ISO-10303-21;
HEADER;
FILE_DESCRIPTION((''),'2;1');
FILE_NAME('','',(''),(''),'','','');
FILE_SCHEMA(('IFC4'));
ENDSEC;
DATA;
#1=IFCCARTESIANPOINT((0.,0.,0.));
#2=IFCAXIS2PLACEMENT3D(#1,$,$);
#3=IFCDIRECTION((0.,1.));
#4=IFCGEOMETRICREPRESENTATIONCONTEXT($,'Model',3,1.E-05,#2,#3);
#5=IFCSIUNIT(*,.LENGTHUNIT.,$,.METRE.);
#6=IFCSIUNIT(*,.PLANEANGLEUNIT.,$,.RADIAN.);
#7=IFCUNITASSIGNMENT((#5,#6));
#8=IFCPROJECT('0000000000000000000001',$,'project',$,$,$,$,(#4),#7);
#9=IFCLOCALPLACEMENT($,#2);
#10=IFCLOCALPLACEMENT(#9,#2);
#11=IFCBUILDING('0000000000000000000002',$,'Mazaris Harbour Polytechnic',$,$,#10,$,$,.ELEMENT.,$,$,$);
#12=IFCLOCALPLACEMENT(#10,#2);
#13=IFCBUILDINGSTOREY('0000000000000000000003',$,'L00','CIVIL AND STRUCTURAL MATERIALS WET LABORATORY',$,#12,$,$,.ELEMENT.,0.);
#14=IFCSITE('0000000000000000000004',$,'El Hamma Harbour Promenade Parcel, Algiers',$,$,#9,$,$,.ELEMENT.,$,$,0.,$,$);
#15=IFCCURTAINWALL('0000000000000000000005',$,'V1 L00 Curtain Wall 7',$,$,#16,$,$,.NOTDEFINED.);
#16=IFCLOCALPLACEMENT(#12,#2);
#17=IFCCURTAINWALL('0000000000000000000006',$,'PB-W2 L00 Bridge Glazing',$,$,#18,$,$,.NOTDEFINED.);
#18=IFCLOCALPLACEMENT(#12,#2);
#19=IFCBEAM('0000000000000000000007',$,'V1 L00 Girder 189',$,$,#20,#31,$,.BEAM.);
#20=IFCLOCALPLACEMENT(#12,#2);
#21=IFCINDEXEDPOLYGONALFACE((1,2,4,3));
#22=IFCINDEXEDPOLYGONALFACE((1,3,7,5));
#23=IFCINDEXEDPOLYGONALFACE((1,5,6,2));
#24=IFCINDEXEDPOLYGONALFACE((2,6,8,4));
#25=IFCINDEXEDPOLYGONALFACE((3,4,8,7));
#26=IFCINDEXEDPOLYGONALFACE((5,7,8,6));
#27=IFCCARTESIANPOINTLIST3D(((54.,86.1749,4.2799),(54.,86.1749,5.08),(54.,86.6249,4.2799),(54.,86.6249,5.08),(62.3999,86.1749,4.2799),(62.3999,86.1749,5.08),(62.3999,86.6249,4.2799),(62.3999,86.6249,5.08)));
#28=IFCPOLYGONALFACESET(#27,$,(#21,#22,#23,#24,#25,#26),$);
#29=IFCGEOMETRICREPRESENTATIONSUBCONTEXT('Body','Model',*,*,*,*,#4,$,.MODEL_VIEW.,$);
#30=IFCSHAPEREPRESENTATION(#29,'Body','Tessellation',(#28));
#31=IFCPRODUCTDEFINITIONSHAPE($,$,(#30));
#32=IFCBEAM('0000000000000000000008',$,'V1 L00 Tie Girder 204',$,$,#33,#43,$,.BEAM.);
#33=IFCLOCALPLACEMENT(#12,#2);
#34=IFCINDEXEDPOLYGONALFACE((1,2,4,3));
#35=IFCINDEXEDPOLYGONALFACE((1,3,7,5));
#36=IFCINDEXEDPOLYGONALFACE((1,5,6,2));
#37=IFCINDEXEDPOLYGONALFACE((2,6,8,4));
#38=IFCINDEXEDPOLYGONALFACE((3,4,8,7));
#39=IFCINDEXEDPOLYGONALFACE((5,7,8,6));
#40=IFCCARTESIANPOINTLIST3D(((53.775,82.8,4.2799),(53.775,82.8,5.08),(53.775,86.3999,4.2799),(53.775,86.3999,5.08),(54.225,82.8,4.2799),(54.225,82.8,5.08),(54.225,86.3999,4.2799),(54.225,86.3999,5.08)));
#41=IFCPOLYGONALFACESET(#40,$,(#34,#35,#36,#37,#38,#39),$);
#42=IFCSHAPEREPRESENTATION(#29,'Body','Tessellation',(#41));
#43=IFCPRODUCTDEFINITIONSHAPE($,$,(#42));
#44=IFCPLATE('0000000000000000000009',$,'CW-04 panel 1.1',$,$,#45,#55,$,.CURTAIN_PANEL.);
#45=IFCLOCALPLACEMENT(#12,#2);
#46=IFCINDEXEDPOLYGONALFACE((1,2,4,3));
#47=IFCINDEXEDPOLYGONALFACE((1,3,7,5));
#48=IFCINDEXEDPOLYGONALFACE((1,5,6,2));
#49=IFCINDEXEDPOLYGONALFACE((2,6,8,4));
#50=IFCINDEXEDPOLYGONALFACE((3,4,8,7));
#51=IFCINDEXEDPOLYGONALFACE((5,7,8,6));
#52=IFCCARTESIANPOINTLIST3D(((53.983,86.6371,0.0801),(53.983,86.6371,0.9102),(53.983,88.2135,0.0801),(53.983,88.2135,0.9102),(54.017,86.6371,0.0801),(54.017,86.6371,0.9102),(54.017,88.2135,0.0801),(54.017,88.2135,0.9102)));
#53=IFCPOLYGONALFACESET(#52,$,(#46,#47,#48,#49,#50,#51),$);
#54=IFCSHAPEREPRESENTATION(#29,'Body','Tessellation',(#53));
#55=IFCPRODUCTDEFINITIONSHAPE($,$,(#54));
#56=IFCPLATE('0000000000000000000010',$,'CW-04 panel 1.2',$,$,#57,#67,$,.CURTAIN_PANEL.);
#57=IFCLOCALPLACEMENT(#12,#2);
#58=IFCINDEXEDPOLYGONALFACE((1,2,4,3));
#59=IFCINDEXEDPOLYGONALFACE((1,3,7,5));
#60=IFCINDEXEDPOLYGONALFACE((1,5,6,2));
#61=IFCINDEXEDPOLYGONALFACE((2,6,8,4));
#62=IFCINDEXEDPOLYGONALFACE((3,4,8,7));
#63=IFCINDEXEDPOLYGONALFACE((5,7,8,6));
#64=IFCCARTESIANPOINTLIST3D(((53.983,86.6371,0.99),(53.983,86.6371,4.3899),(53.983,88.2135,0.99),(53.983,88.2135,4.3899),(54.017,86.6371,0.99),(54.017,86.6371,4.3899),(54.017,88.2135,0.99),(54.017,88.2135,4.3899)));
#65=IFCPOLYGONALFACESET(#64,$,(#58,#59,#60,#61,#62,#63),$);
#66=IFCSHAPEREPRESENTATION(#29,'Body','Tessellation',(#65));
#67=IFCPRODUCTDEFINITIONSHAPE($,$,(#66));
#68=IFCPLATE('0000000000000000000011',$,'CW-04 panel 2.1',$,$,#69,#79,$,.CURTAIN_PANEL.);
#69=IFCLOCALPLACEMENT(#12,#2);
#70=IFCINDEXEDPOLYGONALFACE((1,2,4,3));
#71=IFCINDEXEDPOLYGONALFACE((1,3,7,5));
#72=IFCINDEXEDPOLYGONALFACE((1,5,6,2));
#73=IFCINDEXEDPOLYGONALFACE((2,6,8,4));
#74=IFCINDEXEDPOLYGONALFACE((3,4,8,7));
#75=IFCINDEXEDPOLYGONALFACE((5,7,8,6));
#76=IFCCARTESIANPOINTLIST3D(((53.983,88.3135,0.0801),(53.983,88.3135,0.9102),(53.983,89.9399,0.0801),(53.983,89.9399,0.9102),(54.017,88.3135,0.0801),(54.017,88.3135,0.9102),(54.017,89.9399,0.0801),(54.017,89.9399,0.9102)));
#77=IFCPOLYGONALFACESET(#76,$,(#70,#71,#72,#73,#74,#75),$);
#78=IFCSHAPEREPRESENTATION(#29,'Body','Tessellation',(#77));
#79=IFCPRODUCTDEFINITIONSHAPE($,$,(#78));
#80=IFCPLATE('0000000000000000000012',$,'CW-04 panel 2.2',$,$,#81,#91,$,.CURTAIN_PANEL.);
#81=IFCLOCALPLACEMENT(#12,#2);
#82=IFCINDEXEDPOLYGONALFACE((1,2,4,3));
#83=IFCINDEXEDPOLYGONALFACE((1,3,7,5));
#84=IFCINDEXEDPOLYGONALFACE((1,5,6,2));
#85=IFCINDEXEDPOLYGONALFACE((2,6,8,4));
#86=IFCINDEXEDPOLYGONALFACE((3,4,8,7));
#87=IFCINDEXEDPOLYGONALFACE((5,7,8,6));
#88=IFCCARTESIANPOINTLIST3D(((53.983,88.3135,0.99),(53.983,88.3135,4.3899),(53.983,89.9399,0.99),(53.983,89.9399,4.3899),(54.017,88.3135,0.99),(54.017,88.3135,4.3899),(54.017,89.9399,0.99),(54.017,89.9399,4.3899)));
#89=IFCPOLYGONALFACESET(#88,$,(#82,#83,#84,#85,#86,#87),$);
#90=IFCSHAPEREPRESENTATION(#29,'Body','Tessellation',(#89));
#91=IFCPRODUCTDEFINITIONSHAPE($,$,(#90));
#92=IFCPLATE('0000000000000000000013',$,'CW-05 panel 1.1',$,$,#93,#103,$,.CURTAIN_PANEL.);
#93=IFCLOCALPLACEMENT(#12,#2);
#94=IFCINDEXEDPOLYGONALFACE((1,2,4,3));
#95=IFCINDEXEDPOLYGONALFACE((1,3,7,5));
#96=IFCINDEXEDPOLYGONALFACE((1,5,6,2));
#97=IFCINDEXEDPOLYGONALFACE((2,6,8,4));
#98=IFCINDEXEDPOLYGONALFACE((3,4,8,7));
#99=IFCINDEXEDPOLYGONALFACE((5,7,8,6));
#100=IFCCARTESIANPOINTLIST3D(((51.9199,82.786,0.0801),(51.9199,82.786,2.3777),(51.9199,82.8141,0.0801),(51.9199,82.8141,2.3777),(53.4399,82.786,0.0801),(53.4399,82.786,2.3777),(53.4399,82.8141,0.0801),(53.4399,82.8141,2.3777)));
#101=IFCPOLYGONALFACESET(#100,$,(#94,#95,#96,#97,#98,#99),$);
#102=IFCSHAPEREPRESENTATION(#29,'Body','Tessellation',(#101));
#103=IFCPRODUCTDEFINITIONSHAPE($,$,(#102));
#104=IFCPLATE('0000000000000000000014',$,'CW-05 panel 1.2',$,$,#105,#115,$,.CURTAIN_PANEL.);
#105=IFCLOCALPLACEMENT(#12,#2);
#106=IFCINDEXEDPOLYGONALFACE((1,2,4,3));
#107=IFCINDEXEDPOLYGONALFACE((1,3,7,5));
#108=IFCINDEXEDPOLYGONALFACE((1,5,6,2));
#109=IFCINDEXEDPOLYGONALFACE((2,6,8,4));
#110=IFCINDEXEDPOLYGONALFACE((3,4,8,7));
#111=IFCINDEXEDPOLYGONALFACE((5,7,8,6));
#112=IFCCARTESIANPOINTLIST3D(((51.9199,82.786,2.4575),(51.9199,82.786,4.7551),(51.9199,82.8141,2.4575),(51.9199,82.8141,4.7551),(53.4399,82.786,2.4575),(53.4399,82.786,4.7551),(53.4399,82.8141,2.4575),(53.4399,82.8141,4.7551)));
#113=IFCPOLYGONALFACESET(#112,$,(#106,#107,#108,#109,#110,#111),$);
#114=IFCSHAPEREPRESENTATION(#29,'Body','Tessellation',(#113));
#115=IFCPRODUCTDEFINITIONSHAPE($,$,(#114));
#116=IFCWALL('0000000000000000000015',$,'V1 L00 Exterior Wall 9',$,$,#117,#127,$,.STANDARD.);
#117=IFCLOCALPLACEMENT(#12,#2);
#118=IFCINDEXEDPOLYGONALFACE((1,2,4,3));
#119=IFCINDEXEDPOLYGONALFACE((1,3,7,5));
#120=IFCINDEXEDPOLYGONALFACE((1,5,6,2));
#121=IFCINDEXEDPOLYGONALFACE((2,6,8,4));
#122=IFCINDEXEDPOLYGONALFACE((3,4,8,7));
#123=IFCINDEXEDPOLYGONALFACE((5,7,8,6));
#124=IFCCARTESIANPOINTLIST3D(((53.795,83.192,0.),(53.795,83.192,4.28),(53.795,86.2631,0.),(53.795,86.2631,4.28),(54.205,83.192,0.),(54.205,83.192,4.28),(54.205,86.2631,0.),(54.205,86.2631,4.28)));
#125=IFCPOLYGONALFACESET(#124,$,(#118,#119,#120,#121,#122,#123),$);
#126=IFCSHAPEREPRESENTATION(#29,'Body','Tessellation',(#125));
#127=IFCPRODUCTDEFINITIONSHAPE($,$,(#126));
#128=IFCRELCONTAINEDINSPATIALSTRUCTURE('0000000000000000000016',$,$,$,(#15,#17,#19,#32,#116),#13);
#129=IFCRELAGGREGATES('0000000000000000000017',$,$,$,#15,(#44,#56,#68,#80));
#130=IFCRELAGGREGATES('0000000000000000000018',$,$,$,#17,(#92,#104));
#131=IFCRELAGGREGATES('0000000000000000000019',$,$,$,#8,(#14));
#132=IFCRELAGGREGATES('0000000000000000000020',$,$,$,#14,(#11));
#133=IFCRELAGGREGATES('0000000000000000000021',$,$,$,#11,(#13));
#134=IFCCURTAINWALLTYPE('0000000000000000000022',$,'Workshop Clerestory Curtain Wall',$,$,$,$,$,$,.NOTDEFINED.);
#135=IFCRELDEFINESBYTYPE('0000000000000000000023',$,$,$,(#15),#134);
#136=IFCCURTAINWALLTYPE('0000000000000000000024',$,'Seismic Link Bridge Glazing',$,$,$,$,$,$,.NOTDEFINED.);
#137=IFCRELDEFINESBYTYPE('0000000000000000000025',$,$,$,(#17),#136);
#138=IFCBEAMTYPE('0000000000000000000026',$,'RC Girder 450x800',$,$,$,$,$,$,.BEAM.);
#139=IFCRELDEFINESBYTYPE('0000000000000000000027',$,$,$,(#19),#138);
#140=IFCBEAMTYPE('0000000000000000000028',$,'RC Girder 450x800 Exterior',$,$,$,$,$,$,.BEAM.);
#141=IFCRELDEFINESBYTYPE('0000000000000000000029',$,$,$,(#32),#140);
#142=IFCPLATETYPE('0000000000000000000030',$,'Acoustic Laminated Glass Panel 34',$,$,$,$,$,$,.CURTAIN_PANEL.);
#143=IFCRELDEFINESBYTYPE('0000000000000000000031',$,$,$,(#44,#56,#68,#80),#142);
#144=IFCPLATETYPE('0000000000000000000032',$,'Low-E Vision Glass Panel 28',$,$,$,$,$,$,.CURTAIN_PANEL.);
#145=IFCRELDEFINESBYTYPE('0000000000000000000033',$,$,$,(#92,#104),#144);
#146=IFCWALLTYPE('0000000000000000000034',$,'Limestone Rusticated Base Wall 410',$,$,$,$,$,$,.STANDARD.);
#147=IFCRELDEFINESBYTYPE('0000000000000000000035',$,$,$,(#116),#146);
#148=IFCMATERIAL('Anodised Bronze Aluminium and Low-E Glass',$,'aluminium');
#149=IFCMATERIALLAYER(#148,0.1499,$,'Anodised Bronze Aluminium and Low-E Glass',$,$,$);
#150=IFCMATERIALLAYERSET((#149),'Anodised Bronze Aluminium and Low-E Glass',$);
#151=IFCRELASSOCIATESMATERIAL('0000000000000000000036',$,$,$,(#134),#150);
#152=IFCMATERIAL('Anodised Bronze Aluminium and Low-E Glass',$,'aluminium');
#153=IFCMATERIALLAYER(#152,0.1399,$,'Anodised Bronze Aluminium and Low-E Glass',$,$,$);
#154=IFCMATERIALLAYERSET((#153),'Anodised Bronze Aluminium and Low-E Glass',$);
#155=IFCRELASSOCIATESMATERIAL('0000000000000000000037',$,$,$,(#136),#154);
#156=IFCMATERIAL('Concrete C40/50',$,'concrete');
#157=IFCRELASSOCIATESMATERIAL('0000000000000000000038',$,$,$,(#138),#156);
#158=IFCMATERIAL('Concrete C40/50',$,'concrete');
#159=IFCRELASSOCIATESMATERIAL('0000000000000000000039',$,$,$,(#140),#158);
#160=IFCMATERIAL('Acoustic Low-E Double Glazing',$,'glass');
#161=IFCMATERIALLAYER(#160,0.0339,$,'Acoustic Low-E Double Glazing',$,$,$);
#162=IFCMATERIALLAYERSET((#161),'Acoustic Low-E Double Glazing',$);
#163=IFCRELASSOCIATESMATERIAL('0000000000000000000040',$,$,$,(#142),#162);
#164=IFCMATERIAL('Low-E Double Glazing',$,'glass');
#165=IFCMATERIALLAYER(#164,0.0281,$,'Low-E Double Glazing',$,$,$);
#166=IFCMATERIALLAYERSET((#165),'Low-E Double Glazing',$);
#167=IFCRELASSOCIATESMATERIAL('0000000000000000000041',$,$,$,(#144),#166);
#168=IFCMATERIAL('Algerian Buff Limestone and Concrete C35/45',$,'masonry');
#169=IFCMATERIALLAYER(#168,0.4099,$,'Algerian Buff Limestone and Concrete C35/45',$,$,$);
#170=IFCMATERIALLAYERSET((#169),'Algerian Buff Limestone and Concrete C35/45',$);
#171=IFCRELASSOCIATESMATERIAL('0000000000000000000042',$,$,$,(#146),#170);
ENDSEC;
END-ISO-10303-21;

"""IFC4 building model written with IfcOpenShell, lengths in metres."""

from ifc_helpers import new_model, si_unit, direction, frame, frame_2d, origin, origin_2d, place, context, subcontext, project, spatial, rectangle, extrude, material, layer, layer_set, material_profile, profile_set, type_object, element, aggregate, save


model = new_model("IFC4")

# Units and contexts
model_context = context("Model", 3, precision=1e-05, world=origin(), true_north=direction((0.0, 1.0)))
body_context = subcontext(model_context, "Body", "Model", "MODEL_VIEW")
ifc_project = project(units=[si_unit("LENGTHUNIT", "METRE"), si_unit("PLANEANGLEUNIT", "RADIAN")], contexts=[model_context])

# Site, building, storey
site_placement = place(None, origin())
site = spatial("IfcSite", under=ifc_project, at=site_placement, Name="El Hamma Harbour Promenade Parcel, Algiers", CompositionType="ELEMENT", RefElevation=0.0)
building_placement = place(site_placement, origin())
building = spatial("IfcBuilding", under=site, at=building_placement, Name="Mazaris Harbour Polytechnic", CompositionType="ELEMENT")
storey_placement = place(building_placement, origin())
storey = spatial("IfcBuildingStorey", under=building, at=storey_placement, Name="L00", Description="CIVIL AND STRUCTURAL MATERIALS WET LABORATORY", CompositionType="ELEMENT", Elevation=0.0)

# Curtain walls
ifc_material_1 = material(Name="Anodised Bronze Aluminium and Low-E Glass", Category="aluminium")
ifc_layer_1 = layer(ifc_material_1, 0.1499, Name="Anodised Bronze Aluminium and Low-E Glass")
ifc_layer_set_1 = layer_set([ifc_layer_1], Name="Anodised Bronze Aluminium and Low-E Glass")
curtain_wall_type_1 = type_object("IfcCurtainWallType", Name="Workshop Clerestory Curtain Wall", PredefinedType="NOTDEFINED", material=ifc_layer_set_1)
curtain_wall_1_placement = place(storey_placement, origin())
curtain_wall_1 = element("IfcCurtainWall", 1, at=curtain_wall_1_placement, inside=storey, type_object=curtain_wall_type_1, Name="V1 L00 Curtain Wall 7", PredefinedType="NOTDEFINED")
ifc_material_2 = material(Name="Anodised Bronze Aluminium and Low-E Glass", Category="aluminium")
ifc_layer_2 = layer(ifc_material_2, 0.1399, Name="Anodised Bronze Aluminium and Low-E Glass")
ifc_layer_set_2 = layer_set([ifc_layer_2], Name="Anodised Bronze Aluminium and Low-E Glass")
curtain_wall_type_2 = type_object("IfcCurtainWallType", Name="Seismic Link Bridge Glazing", PredefinedType="NOTDEFINED", material=ifc_layer_set_2)
curtain_wall_2_placement = place(storey_placement, origin())
curtain_wall_2 = element("IfcCurtainWall", 2, at=curtain_wall_2_placement, inside=storey, type_object=curtain_wall_type_2, Name="PB-W2 L00 Bridge Glazing", PredefinedType="NOTDEFINED")

# Beams
ifc_material_3 = material(Name="Concrete C40/50", Category="concrete")
ifc_material_profile_1 = material_profile(ifc_material_3, rectangle(XDim=0.45, YDim=0.8, at=origin_2d()), Name="RECT450x800")
ifc_profile_set_1 = profile_set([ifc_material_profile_1], Name="Concrete C40/50")
beam_type_1 = type_object("IfcBeamType", Name="RC Girder 450x800", PredefinedType="BEAM", material=ifc_profile_set_1)
beam_1_placement = place(storey_placement, frame((54.0, 86.3999, 4.6799), z_axis=(1.0, 0.0, 0.0), x_axis=(0.0, 1.0, 0.0)))
element("IfcBeam", 3, at=beam_1_placement, inside=storey, type_object=beam_type_1, Name="V1 L00 Girder 189", PredefinedType="BEAM", context=body_context, shape_type="SweptSolid", body=[
    extrude(rectangle(XDim=0.45, YDim=0.8, at=origin_2d()), origin(), (0.0, 0.0, 1.0), 8.3999),
])
ifc_material_4 = material(Name="Concrete C40/50", Category="concrete")
ifc_material_profile_2 = material_profile(ifc_material_4, rectangle(XDim=0.45, YDim=0.8, at=origin_2d()), Name="RECT450x800")
ifc_profile_set_2 = profile_set([ifc_material_profile_2], Name="Concrete C40/50")
beam_type_2 = type_object("IfcBeamType", Name="RC Girder 450x800 Exterior", PredefinedType="BEAM", material=ifc_profile_set_2)
beam_2_placement = place(storey_placement, frame((54.0, 82.8, 4.6799), z_axis=(0.0, 1.0, 0.0), x_axis=(-1.0, 0.0, 0.0)))
element("IfcBeam", 4, at=beam_2_placement, inside=storey, type_object=beam_type_2, Name="V1 L00 Tie Girder 204", PredefinedType="BEAM", context=body_context, shape_type="SweptSolid", body=[
    extrude(rectangle(XDim=0.45, YDim=0.8, at=origin_2d()), origin(), (0.0, 0.0, 1.0), 3.5999),
])

# Plates
ifc_material_5 = material(Name="Acoustic Low-E Double Glazing", Category="glass")
ifc_layer_3 = layer(ifc_material_5, 0.0339, Name="Acoustic Low-E Double Glazing")
ifc_layer_set_3 = layer_set([ifc_layer_3], Name="Acoustic Low-E Double Glazing")
plate_type_1 = type_object("IfcPlateType", Name="Acoustic Laminated Glass Panel 34", PredefinedType="CURTAIN_PANEL", material=ifc_layer_set_3)
plate_1_placement = place(storey_placement, frame((54.0, 87.4253, 0.0801), z_axis=(0.0, 0.0, 1.0), x_axis=(0.0, 1.0, 0.0)))
plate_1 = element("IfcPlate", 5, at=plate_1_placement, type_object=plate_type_1, Name="CW-04 panel 1.1", PredefinedType="CURTAIN_PANEL", context=body_context, shape_type="SweptSolid", body=[
    extrude(rectangle(XDim=1.5764, YDim=0.0339, at=origin_2d()), origin(), (0.0, 0.0, 1.0), 0.8301),
])
plate_2_placement = place(storey_placement, frame((54.0, 87.4253, 0.99), z_axis=(0.0, 0.0, 1.0), x_axis=(0.0, 1.0, 0.0)))
plate_2 = element("IfcPlate", 6, at=plate_2_placement, type_object=plate_type_1, Name="CW-04 panel 1.2", PredefinedType="CURTAIN_PANEL", context=body_context, shape_type="SweptSolid", body=[
    extrude(rectangle(XDim=1.5764, YDim=0.0339, at=origin_2d()), origin(), (0.0, 0.0, 1.0), 3.3999),
])
plate_3_placement = place(storey_placement, frame((54.0, 89.1267, 0.0801), z_axis=(0.0, 0.0, 1.0), x_axis=(0.0, 1.0, 0.0)))
plate_3 = element("IfcPlate", 7, at=plate_3_placement, type_object=plate_type_1, Name="CW-04 panel 2.1", PredefinedType="CURTAIN_PANEL", context=body_context, shape_type="SweptSolid", body=[
    extrude(rectangle(XDim=1.6265, YDim=0.0339, at=origin_2d()), origin(), (0.0, 0.0, 1.0), 0.8301),
])
plate_4_placement = place(storey_placement, frame((54.0, 89.1267, 0.99), z_axis=(0.0, 0.0, 1.0), x_axis=(0.0, 1.0, 0.0)))
plate_4 = element("IfcPlate", 8, at=plate_4_placement, type_object=plate_type_1, Name="CW-04 panel 2.2", PredefinedType="CURTAIN_PANEL", context=body_context, shape_type="SweptSolid", body=[
    extrude(rectangle(XDim=1.6265, YDim=0.0339, at=origin_2d()), origin(), (0.0, 0.0, 1.0), 3.3999),
])
aggregate(curtain_wall_1, [plate_1, plate_2, plate_3, plate_4])
ifc_material_6 = material(Name="Low-E Double Glazing", Category="glass")
ifc_layer_4 = layer(ifc_material_6, 0.0281, Name="Low-E Double Glazing")
ifc_layer_set_4 = layer_set([ifc_layer_4], Name="Low-E Double Glazing")
plate_type_2 = type_object("IfcPlateType", Name="Low-E Vision Glass Panel 28", PredefinedType="CURTAIN_PANEL", material=ifc_layer_set_4)
plate_5_placement = place(storey_placement, frame((52.6799, 82.8, 0.0801), z_axis=(0.0, 0.0, 1.0), x_axis=(-1.0, 0.0, 0.0)))
plate_5 = element("IfcPlate", 9, at=plate_5_placement, type_object=plate_type_2, Name="CW-05 panel 1.1", PredefinedType="CURTAIN_PANEL", context=body_context, shape_type="SweptSolid", body=[
    extrude(rectangle(XDim=1.52, YDim=0.0281, at=origin_2d()), origin(), (0.0, 0.0, 1.0), 2.2976),
])
plate_6_placement = place(storey_placement, frame((52.6799, 82.8, 2.4575), z_axis=(0.0, 0.0, 1.0), x_axis=(-1.0, 0.0, 0.0)))
plate_6 = element("IfcPlate", 10, at=plate_6_placement, type_object=plate_type_2, Name="CW-05 panel 1.2", PredefinedType="CURTAIN_PANEL", context=body_context, shape_type="SweptSolid", body=[
    extrude(rectangle(XDim=1.52, YDim=0.0281, at=origin_2d()), origin(), (0.0, 0.0, 1.0), 2.2976),
])
aggregate(curtain_wall_2, [plate_5, plate_6])

# Wall
ifc_material_7 = material(Name="Algerian Buff Limestone and Concrete C35/45", Category="masonry")
ifc_layer_5 = layer(ifc_material_7, 0.4099, Name="Algerian Buff Limestone and Concrete C35/45")
ifc_layer_set_5 = layer_set([ifc_layer_5], Name="Algerian Buff Limestone and Concrete C35/45")
wall_type = type_object("IfcWallType", Name="Limestone Rusticated Base Wall 410", PredefinedType="STANDARD", material=ifc_layer_set_5)
wall_placement = place(storey_placement, frame((54.0, 83.1919, 0.0), z_axis=(0.0, 0.0, 1.0), x_axis=(0.0, 1.0, 0.0)))
element("IfcWall", 11, at=wall_placement, inside=storey, type_object=wall_type, Name="V1 L00 Exterior Wall 9", PredefinedType="STANDARD", context=body_context, shape_type="SweptSolid", body=[
    extrude(rectangle(XDim=3.071, YDim=0.4099, at=frame_2d((1.5356, 0.0))), origin(), (0.0, 0.0, 1.0), 4.28),
])

save(model, "model.ifc")
